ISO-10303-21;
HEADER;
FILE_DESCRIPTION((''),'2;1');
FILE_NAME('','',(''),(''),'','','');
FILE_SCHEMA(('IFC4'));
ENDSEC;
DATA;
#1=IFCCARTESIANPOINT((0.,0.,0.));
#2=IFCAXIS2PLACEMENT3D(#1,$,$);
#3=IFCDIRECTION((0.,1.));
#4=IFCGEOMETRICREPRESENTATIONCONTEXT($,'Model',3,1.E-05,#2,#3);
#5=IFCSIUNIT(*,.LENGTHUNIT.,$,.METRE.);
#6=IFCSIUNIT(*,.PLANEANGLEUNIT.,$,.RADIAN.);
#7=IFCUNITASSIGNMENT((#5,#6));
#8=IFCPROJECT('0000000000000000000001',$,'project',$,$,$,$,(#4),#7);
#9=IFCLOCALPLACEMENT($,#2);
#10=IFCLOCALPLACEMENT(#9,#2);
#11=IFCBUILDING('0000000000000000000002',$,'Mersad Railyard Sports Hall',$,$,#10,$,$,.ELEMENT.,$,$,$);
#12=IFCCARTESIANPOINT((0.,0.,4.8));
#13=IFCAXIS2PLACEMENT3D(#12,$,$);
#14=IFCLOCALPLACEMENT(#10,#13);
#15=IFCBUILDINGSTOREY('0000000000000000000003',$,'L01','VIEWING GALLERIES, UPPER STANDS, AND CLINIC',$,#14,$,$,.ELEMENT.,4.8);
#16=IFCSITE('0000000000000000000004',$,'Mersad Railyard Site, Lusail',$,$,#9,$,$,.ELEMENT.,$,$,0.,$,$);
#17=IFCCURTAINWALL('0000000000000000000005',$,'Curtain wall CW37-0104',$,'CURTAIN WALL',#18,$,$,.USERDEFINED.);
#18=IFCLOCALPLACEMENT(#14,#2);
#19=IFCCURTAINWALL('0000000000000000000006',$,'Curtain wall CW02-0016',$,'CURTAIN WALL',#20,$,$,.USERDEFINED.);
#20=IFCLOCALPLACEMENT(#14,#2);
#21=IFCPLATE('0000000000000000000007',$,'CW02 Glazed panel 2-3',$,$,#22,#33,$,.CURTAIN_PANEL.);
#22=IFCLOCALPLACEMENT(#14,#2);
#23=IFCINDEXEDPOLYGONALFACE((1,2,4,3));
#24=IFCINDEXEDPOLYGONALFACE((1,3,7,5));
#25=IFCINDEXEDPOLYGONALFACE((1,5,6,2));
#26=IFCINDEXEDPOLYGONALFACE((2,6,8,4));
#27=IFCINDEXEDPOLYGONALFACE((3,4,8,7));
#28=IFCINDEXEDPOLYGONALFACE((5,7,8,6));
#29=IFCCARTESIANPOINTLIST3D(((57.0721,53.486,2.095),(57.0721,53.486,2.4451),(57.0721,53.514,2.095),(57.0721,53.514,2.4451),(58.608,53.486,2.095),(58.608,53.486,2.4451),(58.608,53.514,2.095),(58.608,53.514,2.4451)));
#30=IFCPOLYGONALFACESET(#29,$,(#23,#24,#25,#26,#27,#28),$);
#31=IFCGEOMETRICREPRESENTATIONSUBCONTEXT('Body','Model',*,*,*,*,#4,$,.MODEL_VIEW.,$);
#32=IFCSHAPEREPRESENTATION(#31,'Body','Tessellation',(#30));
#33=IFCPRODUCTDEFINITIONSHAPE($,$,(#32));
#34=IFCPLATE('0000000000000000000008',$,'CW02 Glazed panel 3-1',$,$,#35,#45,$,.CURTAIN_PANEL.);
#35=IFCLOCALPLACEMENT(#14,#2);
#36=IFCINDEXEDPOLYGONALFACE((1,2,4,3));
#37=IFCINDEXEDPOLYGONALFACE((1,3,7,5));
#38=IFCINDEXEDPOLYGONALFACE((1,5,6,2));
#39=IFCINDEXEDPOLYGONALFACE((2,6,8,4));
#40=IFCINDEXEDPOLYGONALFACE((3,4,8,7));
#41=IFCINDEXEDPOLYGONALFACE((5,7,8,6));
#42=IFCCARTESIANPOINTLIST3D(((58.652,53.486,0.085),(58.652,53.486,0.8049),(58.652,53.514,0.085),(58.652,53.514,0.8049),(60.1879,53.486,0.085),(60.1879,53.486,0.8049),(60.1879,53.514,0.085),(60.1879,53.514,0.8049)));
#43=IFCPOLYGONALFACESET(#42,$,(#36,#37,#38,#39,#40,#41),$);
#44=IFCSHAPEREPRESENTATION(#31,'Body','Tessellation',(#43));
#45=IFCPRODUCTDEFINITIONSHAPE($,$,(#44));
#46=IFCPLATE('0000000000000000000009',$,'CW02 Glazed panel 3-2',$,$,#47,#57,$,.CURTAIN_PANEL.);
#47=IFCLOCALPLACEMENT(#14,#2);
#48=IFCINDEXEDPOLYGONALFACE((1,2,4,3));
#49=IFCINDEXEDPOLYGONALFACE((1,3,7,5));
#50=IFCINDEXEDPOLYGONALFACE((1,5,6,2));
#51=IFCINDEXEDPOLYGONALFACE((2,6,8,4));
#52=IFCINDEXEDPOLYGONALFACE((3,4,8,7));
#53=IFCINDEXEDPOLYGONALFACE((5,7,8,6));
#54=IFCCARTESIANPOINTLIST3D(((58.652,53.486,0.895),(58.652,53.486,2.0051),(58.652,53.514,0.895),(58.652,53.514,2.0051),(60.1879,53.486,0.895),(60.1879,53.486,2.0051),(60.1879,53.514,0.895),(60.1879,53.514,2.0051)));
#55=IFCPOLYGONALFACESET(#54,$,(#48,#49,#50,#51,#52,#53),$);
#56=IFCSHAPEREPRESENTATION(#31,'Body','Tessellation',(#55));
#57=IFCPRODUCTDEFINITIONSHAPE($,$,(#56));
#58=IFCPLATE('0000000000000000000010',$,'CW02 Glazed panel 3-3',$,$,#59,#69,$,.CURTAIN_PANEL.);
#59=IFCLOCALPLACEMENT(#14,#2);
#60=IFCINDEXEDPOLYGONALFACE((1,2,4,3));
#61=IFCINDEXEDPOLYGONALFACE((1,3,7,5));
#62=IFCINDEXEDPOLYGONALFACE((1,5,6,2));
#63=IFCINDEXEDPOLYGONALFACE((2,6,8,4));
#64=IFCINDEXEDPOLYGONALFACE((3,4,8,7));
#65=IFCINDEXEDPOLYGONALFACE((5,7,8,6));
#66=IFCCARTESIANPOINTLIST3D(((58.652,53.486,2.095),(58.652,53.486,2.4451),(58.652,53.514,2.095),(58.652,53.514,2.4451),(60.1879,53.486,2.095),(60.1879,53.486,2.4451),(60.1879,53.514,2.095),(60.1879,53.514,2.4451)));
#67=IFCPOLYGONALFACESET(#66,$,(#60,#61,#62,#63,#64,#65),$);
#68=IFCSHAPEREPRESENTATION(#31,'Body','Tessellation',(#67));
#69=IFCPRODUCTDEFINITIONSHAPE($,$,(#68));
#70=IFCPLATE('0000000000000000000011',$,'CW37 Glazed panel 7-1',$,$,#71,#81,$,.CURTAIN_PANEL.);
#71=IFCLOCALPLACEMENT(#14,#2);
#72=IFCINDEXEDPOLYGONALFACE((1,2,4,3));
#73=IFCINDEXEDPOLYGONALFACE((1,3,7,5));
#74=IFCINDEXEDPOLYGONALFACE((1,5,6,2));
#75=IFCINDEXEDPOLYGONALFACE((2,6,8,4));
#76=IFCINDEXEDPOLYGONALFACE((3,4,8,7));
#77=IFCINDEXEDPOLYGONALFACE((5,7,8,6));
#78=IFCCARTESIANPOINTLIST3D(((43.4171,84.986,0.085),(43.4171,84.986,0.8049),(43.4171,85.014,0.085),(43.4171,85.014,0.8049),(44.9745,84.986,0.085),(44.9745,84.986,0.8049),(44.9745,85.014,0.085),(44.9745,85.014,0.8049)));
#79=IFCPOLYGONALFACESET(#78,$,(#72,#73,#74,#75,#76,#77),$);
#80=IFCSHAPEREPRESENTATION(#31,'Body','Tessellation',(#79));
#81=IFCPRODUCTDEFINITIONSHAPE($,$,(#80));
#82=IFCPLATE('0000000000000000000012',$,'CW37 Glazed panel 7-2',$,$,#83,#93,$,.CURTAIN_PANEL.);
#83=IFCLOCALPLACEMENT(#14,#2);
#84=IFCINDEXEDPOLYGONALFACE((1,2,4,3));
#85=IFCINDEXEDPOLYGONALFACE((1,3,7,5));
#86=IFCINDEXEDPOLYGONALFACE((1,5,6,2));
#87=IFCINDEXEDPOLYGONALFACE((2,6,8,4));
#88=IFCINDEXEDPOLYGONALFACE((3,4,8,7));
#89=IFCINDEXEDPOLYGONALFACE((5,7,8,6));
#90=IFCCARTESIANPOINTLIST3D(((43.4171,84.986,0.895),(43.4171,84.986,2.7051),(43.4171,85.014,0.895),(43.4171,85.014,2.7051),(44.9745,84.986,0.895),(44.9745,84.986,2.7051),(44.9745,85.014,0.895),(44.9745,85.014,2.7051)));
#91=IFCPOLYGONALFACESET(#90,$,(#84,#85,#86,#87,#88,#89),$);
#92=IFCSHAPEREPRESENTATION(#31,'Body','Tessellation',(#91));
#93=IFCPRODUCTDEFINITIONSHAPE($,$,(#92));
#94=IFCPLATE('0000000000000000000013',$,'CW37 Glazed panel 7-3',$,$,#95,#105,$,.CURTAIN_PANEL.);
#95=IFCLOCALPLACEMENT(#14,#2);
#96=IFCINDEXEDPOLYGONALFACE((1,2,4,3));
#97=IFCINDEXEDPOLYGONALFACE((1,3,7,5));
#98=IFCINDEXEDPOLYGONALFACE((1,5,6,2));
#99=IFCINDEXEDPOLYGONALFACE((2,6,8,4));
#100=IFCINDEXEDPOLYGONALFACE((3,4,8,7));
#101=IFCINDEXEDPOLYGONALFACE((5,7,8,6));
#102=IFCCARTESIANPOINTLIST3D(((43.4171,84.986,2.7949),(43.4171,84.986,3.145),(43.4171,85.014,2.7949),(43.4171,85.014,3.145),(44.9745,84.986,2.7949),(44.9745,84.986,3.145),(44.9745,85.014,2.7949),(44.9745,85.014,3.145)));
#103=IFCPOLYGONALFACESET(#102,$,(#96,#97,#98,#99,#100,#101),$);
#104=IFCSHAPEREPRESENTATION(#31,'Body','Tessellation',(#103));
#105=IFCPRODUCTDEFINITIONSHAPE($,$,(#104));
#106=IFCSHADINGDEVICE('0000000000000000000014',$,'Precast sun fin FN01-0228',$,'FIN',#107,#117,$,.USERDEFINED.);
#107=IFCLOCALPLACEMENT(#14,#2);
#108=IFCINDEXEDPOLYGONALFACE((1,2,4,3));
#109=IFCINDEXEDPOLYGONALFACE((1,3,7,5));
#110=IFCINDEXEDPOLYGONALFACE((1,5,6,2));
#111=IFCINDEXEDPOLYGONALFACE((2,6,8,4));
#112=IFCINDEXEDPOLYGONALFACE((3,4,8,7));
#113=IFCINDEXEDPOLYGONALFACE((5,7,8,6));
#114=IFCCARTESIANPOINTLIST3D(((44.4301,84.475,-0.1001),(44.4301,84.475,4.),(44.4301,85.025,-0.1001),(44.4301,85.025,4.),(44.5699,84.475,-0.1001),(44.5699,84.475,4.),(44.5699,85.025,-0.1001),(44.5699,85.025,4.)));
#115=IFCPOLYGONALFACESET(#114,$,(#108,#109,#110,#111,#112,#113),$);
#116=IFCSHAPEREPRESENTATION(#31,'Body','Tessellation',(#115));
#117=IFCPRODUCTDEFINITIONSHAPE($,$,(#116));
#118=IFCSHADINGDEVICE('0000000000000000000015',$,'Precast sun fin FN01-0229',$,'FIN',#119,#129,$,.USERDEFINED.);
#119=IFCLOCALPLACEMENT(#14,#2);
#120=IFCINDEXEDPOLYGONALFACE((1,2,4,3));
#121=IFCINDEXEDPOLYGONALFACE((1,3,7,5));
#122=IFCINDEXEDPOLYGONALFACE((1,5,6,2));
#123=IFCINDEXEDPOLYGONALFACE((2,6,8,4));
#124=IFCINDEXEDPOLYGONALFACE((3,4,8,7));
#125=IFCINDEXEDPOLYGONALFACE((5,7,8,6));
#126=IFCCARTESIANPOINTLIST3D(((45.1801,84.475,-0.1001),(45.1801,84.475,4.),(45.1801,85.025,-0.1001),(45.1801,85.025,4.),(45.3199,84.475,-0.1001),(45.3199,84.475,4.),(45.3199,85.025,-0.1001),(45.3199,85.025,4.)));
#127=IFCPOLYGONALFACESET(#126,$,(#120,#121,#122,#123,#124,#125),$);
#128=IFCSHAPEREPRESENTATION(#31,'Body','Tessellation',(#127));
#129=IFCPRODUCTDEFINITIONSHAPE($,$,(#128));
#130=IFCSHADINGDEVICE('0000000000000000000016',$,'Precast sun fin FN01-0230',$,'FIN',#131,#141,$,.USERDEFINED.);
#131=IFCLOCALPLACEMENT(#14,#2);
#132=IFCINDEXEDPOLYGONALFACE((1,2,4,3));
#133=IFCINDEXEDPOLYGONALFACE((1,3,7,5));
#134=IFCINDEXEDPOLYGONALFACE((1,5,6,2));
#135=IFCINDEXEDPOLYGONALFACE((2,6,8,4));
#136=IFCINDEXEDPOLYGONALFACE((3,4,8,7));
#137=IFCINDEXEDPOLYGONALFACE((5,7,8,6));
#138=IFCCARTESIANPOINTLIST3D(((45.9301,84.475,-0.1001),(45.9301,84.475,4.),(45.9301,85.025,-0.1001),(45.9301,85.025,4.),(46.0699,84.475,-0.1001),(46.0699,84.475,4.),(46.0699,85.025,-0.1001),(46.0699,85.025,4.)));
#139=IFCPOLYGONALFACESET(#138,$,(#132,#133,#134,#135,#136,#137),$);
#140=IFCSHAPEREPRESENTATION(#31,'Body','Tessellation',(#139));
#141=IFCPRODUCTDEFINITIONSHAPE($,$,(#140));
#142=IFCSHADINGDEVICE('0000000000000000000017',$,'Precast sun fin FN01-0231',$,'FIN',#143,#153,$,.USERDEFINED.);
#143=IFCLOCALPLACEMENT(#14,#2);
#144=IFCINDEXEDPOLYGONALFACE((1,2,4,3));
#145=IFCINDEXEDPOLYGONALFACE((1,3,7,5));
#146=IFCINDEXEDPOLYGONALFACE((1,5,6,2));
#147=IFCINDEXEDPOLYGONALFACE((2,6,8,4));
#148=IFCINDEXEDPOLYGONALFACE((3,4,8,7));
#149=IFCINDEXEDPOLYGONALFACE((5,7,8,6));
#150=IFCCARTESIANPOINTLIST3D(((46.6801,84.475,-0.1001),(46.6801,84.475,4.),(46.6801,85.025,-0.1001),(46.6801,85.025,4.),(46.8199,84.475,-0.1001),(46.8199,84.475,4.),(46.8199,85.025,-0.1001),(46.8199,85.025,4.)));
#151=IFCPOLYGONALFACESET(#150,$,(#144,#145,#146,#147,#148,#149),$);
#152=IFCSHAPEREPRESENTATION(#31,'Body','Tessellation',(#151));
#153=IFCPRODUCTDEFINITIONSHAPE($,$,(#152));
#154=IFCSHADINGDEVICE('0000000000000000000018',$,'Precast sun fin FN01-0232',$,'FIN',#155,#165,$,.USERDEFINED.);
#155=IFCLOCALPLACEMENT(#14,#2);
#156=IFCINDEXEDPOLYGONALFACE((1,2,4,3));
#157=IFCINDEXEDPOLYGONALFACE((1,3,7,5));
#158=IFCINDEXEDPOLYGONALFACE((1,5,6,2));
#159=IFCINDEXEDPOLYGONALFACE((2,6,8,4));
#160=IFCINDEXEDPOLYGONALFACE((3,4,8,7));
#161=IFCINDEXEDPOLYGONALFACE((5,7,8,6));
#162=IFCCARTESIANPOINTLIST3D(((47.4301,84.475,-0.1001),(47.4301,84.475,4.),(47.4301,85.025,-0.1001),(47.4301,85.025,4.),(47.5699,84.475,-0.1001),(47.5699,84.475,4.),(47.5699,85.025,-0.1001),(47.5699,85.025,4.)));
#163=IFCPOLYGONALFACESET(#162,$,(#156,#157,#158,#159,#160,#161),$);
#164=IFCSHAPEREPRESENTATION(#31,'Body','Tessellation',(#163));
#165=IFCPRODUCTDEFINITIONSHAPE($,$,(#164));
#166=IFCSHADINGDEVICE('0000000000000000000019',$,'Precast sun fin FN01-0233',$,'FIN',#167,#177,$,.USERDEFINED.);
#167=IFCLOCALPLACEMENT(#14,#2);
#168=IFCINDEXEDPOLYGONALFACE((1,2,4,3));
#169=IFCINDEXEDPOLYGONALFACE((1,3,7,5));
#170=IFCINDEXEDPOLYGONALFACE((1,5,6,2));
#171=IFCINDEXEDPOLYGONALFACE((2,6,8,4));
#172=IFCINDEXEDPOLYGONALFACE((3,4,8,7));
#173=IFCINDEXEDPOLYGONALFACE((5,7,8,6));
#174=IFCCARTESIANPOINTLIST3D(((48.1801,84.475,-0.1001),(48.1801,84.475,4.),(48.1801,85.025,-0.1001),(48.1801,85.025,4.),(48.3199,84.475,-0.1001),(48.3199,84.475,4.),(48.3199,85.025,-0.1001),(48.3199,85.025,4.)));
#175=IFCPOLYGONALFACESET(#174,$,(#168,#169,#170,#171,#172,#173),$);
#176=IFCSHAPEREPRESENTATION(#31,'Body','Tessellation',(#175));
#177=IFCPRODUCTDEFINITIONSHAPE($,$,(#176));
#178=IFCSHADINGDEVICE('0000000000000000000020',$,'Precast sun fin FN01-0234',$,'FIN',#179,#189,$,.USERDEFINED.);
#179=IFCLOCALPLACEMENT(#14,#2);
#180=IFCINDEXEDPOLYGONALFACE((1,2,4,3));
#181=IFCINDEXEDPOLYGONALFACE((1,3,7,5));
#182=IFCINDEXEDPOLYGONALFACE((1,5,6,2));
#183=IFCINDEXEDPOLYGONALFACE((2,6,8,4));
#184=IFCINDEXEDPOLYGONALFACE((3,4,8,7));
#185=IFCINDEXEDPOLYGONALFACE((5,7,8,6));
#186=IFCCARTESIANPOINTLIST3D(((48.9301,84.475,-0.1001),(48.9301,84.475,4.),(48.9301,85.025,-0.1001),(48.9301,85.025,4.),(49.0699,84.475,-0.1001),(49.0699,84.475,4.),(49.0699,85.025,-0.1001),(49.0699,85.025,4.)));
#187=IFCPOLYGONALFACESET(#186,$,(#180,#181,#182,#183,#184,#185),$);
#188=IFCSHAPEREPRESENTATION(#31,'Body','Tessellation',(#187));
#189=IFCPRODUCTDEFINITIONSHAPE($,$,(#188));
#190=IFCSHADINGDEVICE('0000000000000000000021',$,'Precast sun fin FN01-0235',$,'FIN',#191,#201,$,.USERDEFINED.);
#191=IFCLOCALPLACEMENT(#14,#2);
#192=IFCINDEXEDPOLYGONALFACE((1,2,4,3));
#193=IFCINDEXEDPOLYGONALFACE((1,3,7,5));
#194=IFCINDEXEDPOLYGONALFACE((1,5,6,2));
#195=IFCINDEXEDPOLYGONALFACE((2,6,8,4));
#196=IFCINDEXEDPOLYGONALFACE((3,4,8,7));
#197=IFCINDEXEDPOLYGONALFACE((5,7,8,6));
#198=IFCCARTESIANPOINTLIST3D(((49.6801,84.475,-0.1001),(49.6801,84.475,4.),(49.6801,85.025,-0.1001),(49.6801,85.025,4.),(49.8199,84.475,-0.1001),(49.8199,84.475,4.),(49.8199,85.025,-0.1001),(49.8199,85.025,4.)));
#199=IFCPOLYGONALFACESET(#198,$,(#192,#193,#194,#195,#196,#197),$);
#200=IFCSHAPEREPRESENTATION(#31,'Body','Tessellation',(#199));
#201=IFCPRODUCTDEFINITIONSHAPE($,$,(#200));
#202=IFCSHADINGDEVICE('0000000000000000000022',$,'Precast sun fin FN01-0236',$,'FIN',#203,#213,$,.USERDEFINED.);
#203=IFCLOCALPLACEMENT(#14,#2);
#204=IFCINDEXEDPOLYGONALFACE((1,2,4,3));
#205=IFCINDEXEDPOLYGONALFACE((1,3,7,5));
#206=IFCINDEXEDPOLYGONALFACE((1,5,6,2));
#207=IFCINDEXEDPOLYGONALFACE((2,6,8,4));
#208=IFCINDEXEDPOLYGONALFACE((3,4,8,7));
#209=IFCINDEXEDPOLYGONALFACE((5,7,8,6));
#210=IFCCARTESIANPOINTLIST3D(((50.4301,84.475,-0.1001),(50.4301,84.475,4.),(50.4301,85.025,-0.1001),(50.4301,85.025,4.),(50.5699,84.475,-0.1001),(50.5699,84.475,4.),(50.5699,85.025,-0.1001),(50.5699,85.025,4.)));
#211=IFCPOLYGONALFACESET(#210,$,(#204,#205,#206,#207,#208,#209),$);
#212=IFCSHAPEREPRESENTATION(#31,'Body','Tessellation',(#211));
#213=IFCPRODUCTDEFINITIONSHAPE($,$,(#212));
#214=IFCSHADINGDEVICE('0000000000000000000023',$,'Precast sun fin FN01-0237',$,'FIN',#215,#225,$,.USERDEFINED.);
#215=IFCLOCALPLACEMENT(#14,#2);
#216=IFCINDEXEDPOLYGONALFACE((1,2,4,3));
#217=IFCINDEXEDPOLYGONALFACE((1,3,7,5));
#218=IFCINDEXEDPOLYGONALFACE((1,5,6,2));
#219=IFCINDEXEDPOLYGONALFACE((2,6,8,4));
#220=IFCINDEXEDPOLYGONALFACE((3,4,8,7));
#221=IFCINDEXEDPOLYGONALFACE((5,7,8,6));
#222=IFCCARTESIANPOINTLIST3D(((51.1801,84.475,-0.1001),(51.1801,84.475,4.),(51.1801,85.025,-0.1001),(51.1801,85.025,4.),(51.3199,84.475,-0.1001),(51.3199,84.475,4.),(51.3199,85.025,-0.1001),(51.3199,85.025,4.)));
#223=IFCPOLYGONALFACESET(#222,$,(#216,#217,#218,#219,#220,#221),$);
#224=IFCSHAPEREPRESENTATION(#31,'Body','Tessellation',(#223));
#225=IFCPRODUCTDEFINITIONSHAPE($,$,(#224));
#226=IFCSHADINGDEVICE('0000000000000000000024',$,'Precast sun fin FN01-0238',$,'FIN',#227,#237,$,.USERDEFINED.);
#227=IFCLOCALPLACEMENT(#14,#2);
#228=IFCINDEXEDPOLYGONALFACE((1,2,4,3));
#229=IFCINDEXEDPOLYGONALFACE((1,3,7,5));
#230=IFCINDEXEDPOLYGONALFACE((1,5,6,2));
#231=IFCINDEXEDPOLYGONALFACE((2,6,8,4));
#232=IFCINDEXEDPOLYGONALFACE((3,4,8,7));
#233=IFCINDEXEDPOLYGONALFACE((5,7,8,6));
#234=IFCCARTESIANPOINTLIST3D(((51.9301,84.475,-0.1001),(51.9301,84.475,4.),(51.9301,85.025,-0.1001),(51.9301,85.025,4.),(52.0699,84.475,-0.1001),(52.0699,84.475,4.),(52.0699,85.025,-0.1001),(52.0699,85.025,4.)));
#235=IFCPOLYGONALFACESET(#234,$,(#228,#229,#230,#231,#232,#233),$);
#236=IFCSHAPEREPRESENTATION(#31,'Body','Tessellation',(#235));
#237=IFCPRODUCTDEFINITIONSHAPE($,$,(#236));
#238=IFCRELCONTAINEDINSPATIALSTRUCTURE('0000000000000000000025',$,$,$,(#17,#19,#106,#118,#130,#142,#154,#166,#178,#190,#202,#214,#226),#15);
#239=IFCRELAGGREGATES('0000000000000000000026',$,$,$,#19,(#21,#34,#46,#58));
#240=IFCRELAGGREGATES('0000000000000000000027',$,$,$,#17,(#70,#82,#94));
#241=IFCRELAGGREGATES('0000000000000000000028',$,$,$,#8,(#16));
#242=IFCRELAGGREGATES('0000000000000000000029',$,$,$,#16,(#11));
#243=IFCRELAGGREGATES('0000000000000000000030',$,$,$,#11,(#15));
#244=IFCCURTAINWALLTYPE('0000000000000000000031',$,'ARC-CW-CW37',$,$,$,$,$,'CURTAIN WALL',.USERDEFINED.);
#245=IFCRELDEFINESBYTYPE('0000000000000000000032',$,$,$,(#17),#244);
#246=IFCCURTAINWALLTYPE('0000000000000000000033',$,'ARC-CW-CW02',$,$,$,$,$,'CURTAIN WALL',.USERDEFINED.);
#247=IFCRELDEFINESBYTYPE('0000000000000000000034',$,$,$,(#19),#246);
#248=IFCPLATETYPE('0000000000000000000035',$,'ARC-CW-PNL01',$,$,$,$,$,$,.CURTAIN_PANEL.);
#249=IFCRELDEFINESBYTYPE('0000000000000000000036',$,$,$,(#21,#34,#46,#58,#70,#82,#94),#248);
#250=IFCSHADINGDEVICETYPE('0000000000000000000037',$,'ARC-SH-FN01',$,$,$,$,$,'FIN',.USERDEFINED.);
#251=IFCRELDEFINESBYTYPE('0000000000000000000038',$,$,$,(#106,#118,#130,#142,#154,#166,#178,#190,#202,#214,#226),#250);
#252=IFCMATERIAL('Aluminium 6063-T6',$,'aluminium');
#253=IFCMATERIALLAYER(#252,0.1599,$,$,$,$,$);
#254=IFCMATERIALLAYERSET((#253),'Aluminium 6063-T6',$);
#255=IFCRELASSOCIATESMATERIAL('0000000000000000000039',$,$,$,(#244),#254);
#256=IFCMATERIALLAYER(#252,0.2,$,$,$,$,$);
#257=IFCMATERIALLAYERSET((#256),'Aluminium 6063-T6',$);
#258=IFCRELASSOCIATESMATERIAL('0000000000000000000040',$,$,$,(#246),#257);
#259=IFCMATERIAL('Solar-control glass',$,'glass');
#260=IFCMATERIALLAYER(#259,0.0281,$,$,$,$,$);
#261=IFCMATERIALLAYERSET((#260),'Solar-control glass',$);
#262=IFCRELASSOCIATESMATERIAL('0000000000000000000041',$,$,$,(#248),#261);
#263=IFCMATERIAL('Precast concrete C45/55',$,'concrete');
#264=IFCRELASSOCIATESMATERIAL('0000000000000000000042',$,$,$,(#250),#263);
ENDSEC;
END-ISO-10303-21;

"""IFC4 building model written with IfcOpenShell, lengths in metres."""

from ifc_helpers import new_model, si_unit, direction, frame, origin, origin_2d, place, context, subcontext, project, spatial, rectangle, extrude, material, layer, layer_set, type_object, element, aggregate, save


model = new_model("IFC4")

# Units and contexts
model_context = context("Model", 3, precision=1e-05, world=origin(), true_north=direction((0.0, 1.0)))
body_context = subcontext(model_context, "Body", "Model", "MODEL_VIEW")
ifc_project = project(units=[si_unit("LENGTHUNIT", "METRE"), si_unit("PLANEANGLEUNIT", "RADIAN")], contexts=[model_context])

# Site, building, storey
site_placement = place(None, origin())
site = spatial("IfcSite", under=ifc_project, at=site_placement, Name="Mersad Railyard Site, Lusail", CompositionType="ELEMENT", RefElevation=0.0)
building_placement = place(site_placement, origin())
building = spatial("IfcBuilding", under=site, at=building_placement, Name="Mersad Railyard Sports Hall", CompositionType="ELEMENT")
storey_placement = place(building_placement, frame((0.0, 0.0, 4.8)))
storey = spatial("IfcBuildingStorey", under=building, at=storey_placement, Name="L01", Description="VIEWING GALLERIES, UPPER STANDS, AND CLINIC", CompositionType="ELEMENT", Elevation=4.8)

# Curtain wall
ifc_material_1 = material(Name="Aluminium 6063-T6", Category="aluminium")
ifc_layer_1 = layer(ifc_material_1, 0.1599)
ifc_layer_set_1 = layer_set([ifc_layer_1], Name="Aluminium 6063-T6")
curtain_wall_type_1 = type_object("IfcCurtainWallType", Name="ARC-CW-CW37", ElementType="CURTAIN WALL", PredefinedType="USERDEFINED", material=ifc_layer_set_1)
curtain_wall_1_placement = place(storey_placement, origin())
curtain_wall_1 = element("IfcCurtainWall", 1, at=curtain_wall_1_placement, inside=storey, type_object=curtain_wall_type_1, Name="Curtain wall CW37-0104", ObjectType="CURTAIN WALL", PredefinedType="USERDEFINED")

# Curtain wall
ifc_layer_2 = layer(ifc_material_1, 0.2)
ifc_layer_set_2 = layer_set([ifc_layer_2], Name="Aluminium 6063-T6")
curtain_wall_type_2 = type_object("IfcCurtainWallType", Name="ARC-CW-CW02", ElementType="CURTAIN WALL", PredefinedType="USERDEFINED", material=ifc_layer_set_2)
curtain_wall_2_placement = place(storey_placement, origin())
curtain_wall_2 = element("IfcCurtainWall", 2, at=curtain_wall_2_placement, inside=storey, type_object=curtain_wall_type_2, Name="Curtain wall CW02-0016", ObjectType="CURTAIN WALL", PredefinedType="USERDEFINED")

# Plates
ifc_material_2 = material(Name="Solar-control glass", Category="glass")
ifc_layer_3 = layer(ifc_material_2, 0.0281)
ifc_layer_set_3 = layer_set([ifc_layer_3], Name="Solar-control glass")
plate_type = type_object("IfcPlateType", Name="ARC-CW-PNL01", PredefinedType="CURTAIN_PANEL", material=ifc_layer_set_3)
plate_1_placement = place(storey_placement, frame((57.8401, 53.5, 2.095), z_axis=(0.0, 0.0, 1.0), x_axis=(1.0, 0.0, 0.0)))
plate_1 = element("IfcPlate", 3, at=plate_1_placement, type_object=plate_type, Name="CW02 Glazed panel 2-3", PredefinedType="CURTAIN_PANEL", context=body_context, shape_type="SweptSolid", body=[
    extrude(rectangle(XDim=1.5359, YDim=0.0281, at=origin_2d()), origin(), (0.0, 0.0, 1.0), 0.3501),
])
plate_2_placement = place(storey_placement, frame((59.4199, 53.5, 0.085), z_axis=(0.0, 0.0, 1.0), x_axis=(1.0, 0.0, 0.0)))
plate_2 = element("IfcPlate", 4, at=plate_2_placement, type_object=plate_type, Name="CW02 Glazed panel 3-1", PredefinedType="CURTAIN_PANEL", context=body_context, shape_type="SweptSolid", body=[
    extrude(rectangle(XDim=1.5359, YDim=0.0281, at=origin_2d()), origin(), (0.0, 0.0, 1.0), 0.72),
])
plate_3_placement = place(storey_placement, frame((59.4199, 53.5, 0.895), z_axis=(0.0, 0.0, 1.0), x_axis=(1.0, 0.0, 0.0)))
plate_3 = element("IfcPlate", 5, at=plate_3_placement, type_object=plate_type, Name="CW02 Glazed panel 3-2", PredefinedType="CURTAIN_PANEL", context=body_context, shape_type="SweptSolid", body=[
    extrude(rectangle(XDim=1.5359, YDim=0.0281, at=origin_2d()), origin(), (0.0, 0.0, 1.0), 1.1101),
])
plate_4_placement = place(storey_placement, frame((59.4199, 53.5, 2.095), z_axis=(0.0, 0.0, 1.0), x_axis=(1.0, 0.0, 0.0)))
plate_4 = element("IfcPlate", 6, at=plate_4_placement, type_object=plate_type, Name="CW02 Glazed panel 3-3", PredefinedType="CURTAIN_PANEL", context=body_context, shape_type="SweptSolid", body=[
    extrude(rectangle(XDim=1.5359, YDim=0.0281, at=origin_2d()), origin(), (0.0, 0.0, 1.0), 0.3501),
])
aggregate(curtain_wall_2, [plate_1, plate_2, plate_3, plate_4])
plate_5_placement = place(storey_placement, frame((44.1958, 85.0, 0.085), z_axis=(0.0, 0.0, 1.0), x_axis=(-1.0, 0.0, 0.0)))
plate_5 = element("IfcPlate", 7, at=plate_5_placement, type_object=plate_type, Name="CW37 Glazed panel 7-1", PredefinedType="CURTAIN_PANEL", context=body_context, shape_type="SweptSolid", body=[
    extrude(rectangle(XDim=1.5574, YDim=0.0281, at=origin_2d()), origin(), (0.0, 0.0, 1.0), 0.72),
])
plate_6_placement = place(storey_placement, frame((44.1958, 85.0, 0.895), z_axis=(0.0, 0.0, 1.0), x_axis=(-1.0, 0.0, 0.0)))
plate_6 = element("IfcPlate", 8, at=plate_6_placement, type_object=plate_type, Name="CW37 Glazed panel 7-2", PredefinedType="CURTAIN_PANEL", context=body_context, shape_type="SweptSolid", body=[
    extrude(rectangle(XDim=1.5574, YDim=0.0281, at=origin_2d()), origin(), (0.0, 0.0, 1.0), 1.8101),
])
plate_7_placement = place(storey_placement, frame((44.1958, 85.0, 2.7949), z_axis=(0.0, 0.0, 1.0), x_axis=(-1.0, 0.0, 0.0)))
plate_7 = element("IfcPlate", 9, at=plate_7_placement, type_object=plate_type, Name="CW37 Glazed panel 7-3", PredefinedType="CURTAIN_PANEL", context=body_context, shape_type="SweptSolid", body=[
    extrude(rectangle(XDim=1.5574, YDim=0.0281, at=origin_2d()), origin(), (0.0, 0.0, 1.0), 0.3501),
])
aggregate(curtain_wall_1, [plate_5, plate_6, plate_7])

# Shading devices
ifc_material_3 = material(Name="Precast concrete C45/55", Category="concrete")
shading_device_type = type_object("IfcShadingDeviceType", Name="ARC-SH-FN01", ElementType="FIN", PredefinedType="USERDEFINED", material=ifc_material_3)
for number, where, z_axis, x_axis, name in (
    (10, (44.5, 84.75, -0.1001), (0.0, 0.0, 1.0), (1.0, 0.0, 0.0), "Precast sun fin FN01-0228"),
    (11, (45.25, 84.75, -0.1001), (0.0, 0.0, 1.0), (1.0, 0.0, 0.0), "Precast sun fin FN01-0229"),
    (12, (46.0, 84.75, -0.1001), (0.0, 0.0, 1.0), (1.0, 0.0, 0.0), "Precast sun fin FN01-0230"),
    (13, (46.75, 84.75, -0.1001), (0.0, 0.0, 1.0), (1.0, 0.0, 0.0), "Precast sun fin FN01-0231"),
    (14, (47.5, 84.75, -0.1001), (0.0, 0.0, 1.0), (1.0, 0.0, 0.0), "Precast sun fin FN01-0232"),
    (15, (48.25, 84.75, -0.1001), (0.0, 0.0, 1.0), (1.0, 0.0, 0.0), "Precast sun fin FN01-0233"),
    (16, (49.0, 84.75, -0.1001), (0.0, 0.0, 1.0), (1.0, 0.0, 0.0), "Precast sun fin FN01-0234"),
    (17, (49.75, 84.75, -0.1001), (0.0, 0.0, 1.0), (1.0, 0.0, 0.0), "Precast sun fin FN01-0235"),
    (18, (50.5, 84.75, -0.1001), (0.0, 0.0, 1.0), (1.0, 0.0, 0.0), "Precast sun fin FN01-0236"),
    (19, (51.25, 84.75, -0.1001), (0.0, 0.0, 1.0), (1.0, 0.0, 0.0), "Precast sun fin FN01-0237"),
    (20, (52.0, 84.75, -0.1001), (0.0, 0.0, 1.0), (1.0, 0.0, 0.0), "Precast sun fin FN01-0238"),
):
    element("IfcShadingDevice", number, at=place(storey_placement, frame(where, z_axis=z_axis, x_axis=x_axis)), inside=storey, type_object=shading_device_type, Name=name, ObjectType="FIN", PredefinedType="USERDEFINED", context=body_context, shape_type="SweptSolid", body=[
        extrude(rectangle(XDim=0.1399, YDim=0.55, at=origin_2d()), origin(), (0.0, 0.0, 1.0), 4.1001),
    ])

save(model, "model.ifc")
